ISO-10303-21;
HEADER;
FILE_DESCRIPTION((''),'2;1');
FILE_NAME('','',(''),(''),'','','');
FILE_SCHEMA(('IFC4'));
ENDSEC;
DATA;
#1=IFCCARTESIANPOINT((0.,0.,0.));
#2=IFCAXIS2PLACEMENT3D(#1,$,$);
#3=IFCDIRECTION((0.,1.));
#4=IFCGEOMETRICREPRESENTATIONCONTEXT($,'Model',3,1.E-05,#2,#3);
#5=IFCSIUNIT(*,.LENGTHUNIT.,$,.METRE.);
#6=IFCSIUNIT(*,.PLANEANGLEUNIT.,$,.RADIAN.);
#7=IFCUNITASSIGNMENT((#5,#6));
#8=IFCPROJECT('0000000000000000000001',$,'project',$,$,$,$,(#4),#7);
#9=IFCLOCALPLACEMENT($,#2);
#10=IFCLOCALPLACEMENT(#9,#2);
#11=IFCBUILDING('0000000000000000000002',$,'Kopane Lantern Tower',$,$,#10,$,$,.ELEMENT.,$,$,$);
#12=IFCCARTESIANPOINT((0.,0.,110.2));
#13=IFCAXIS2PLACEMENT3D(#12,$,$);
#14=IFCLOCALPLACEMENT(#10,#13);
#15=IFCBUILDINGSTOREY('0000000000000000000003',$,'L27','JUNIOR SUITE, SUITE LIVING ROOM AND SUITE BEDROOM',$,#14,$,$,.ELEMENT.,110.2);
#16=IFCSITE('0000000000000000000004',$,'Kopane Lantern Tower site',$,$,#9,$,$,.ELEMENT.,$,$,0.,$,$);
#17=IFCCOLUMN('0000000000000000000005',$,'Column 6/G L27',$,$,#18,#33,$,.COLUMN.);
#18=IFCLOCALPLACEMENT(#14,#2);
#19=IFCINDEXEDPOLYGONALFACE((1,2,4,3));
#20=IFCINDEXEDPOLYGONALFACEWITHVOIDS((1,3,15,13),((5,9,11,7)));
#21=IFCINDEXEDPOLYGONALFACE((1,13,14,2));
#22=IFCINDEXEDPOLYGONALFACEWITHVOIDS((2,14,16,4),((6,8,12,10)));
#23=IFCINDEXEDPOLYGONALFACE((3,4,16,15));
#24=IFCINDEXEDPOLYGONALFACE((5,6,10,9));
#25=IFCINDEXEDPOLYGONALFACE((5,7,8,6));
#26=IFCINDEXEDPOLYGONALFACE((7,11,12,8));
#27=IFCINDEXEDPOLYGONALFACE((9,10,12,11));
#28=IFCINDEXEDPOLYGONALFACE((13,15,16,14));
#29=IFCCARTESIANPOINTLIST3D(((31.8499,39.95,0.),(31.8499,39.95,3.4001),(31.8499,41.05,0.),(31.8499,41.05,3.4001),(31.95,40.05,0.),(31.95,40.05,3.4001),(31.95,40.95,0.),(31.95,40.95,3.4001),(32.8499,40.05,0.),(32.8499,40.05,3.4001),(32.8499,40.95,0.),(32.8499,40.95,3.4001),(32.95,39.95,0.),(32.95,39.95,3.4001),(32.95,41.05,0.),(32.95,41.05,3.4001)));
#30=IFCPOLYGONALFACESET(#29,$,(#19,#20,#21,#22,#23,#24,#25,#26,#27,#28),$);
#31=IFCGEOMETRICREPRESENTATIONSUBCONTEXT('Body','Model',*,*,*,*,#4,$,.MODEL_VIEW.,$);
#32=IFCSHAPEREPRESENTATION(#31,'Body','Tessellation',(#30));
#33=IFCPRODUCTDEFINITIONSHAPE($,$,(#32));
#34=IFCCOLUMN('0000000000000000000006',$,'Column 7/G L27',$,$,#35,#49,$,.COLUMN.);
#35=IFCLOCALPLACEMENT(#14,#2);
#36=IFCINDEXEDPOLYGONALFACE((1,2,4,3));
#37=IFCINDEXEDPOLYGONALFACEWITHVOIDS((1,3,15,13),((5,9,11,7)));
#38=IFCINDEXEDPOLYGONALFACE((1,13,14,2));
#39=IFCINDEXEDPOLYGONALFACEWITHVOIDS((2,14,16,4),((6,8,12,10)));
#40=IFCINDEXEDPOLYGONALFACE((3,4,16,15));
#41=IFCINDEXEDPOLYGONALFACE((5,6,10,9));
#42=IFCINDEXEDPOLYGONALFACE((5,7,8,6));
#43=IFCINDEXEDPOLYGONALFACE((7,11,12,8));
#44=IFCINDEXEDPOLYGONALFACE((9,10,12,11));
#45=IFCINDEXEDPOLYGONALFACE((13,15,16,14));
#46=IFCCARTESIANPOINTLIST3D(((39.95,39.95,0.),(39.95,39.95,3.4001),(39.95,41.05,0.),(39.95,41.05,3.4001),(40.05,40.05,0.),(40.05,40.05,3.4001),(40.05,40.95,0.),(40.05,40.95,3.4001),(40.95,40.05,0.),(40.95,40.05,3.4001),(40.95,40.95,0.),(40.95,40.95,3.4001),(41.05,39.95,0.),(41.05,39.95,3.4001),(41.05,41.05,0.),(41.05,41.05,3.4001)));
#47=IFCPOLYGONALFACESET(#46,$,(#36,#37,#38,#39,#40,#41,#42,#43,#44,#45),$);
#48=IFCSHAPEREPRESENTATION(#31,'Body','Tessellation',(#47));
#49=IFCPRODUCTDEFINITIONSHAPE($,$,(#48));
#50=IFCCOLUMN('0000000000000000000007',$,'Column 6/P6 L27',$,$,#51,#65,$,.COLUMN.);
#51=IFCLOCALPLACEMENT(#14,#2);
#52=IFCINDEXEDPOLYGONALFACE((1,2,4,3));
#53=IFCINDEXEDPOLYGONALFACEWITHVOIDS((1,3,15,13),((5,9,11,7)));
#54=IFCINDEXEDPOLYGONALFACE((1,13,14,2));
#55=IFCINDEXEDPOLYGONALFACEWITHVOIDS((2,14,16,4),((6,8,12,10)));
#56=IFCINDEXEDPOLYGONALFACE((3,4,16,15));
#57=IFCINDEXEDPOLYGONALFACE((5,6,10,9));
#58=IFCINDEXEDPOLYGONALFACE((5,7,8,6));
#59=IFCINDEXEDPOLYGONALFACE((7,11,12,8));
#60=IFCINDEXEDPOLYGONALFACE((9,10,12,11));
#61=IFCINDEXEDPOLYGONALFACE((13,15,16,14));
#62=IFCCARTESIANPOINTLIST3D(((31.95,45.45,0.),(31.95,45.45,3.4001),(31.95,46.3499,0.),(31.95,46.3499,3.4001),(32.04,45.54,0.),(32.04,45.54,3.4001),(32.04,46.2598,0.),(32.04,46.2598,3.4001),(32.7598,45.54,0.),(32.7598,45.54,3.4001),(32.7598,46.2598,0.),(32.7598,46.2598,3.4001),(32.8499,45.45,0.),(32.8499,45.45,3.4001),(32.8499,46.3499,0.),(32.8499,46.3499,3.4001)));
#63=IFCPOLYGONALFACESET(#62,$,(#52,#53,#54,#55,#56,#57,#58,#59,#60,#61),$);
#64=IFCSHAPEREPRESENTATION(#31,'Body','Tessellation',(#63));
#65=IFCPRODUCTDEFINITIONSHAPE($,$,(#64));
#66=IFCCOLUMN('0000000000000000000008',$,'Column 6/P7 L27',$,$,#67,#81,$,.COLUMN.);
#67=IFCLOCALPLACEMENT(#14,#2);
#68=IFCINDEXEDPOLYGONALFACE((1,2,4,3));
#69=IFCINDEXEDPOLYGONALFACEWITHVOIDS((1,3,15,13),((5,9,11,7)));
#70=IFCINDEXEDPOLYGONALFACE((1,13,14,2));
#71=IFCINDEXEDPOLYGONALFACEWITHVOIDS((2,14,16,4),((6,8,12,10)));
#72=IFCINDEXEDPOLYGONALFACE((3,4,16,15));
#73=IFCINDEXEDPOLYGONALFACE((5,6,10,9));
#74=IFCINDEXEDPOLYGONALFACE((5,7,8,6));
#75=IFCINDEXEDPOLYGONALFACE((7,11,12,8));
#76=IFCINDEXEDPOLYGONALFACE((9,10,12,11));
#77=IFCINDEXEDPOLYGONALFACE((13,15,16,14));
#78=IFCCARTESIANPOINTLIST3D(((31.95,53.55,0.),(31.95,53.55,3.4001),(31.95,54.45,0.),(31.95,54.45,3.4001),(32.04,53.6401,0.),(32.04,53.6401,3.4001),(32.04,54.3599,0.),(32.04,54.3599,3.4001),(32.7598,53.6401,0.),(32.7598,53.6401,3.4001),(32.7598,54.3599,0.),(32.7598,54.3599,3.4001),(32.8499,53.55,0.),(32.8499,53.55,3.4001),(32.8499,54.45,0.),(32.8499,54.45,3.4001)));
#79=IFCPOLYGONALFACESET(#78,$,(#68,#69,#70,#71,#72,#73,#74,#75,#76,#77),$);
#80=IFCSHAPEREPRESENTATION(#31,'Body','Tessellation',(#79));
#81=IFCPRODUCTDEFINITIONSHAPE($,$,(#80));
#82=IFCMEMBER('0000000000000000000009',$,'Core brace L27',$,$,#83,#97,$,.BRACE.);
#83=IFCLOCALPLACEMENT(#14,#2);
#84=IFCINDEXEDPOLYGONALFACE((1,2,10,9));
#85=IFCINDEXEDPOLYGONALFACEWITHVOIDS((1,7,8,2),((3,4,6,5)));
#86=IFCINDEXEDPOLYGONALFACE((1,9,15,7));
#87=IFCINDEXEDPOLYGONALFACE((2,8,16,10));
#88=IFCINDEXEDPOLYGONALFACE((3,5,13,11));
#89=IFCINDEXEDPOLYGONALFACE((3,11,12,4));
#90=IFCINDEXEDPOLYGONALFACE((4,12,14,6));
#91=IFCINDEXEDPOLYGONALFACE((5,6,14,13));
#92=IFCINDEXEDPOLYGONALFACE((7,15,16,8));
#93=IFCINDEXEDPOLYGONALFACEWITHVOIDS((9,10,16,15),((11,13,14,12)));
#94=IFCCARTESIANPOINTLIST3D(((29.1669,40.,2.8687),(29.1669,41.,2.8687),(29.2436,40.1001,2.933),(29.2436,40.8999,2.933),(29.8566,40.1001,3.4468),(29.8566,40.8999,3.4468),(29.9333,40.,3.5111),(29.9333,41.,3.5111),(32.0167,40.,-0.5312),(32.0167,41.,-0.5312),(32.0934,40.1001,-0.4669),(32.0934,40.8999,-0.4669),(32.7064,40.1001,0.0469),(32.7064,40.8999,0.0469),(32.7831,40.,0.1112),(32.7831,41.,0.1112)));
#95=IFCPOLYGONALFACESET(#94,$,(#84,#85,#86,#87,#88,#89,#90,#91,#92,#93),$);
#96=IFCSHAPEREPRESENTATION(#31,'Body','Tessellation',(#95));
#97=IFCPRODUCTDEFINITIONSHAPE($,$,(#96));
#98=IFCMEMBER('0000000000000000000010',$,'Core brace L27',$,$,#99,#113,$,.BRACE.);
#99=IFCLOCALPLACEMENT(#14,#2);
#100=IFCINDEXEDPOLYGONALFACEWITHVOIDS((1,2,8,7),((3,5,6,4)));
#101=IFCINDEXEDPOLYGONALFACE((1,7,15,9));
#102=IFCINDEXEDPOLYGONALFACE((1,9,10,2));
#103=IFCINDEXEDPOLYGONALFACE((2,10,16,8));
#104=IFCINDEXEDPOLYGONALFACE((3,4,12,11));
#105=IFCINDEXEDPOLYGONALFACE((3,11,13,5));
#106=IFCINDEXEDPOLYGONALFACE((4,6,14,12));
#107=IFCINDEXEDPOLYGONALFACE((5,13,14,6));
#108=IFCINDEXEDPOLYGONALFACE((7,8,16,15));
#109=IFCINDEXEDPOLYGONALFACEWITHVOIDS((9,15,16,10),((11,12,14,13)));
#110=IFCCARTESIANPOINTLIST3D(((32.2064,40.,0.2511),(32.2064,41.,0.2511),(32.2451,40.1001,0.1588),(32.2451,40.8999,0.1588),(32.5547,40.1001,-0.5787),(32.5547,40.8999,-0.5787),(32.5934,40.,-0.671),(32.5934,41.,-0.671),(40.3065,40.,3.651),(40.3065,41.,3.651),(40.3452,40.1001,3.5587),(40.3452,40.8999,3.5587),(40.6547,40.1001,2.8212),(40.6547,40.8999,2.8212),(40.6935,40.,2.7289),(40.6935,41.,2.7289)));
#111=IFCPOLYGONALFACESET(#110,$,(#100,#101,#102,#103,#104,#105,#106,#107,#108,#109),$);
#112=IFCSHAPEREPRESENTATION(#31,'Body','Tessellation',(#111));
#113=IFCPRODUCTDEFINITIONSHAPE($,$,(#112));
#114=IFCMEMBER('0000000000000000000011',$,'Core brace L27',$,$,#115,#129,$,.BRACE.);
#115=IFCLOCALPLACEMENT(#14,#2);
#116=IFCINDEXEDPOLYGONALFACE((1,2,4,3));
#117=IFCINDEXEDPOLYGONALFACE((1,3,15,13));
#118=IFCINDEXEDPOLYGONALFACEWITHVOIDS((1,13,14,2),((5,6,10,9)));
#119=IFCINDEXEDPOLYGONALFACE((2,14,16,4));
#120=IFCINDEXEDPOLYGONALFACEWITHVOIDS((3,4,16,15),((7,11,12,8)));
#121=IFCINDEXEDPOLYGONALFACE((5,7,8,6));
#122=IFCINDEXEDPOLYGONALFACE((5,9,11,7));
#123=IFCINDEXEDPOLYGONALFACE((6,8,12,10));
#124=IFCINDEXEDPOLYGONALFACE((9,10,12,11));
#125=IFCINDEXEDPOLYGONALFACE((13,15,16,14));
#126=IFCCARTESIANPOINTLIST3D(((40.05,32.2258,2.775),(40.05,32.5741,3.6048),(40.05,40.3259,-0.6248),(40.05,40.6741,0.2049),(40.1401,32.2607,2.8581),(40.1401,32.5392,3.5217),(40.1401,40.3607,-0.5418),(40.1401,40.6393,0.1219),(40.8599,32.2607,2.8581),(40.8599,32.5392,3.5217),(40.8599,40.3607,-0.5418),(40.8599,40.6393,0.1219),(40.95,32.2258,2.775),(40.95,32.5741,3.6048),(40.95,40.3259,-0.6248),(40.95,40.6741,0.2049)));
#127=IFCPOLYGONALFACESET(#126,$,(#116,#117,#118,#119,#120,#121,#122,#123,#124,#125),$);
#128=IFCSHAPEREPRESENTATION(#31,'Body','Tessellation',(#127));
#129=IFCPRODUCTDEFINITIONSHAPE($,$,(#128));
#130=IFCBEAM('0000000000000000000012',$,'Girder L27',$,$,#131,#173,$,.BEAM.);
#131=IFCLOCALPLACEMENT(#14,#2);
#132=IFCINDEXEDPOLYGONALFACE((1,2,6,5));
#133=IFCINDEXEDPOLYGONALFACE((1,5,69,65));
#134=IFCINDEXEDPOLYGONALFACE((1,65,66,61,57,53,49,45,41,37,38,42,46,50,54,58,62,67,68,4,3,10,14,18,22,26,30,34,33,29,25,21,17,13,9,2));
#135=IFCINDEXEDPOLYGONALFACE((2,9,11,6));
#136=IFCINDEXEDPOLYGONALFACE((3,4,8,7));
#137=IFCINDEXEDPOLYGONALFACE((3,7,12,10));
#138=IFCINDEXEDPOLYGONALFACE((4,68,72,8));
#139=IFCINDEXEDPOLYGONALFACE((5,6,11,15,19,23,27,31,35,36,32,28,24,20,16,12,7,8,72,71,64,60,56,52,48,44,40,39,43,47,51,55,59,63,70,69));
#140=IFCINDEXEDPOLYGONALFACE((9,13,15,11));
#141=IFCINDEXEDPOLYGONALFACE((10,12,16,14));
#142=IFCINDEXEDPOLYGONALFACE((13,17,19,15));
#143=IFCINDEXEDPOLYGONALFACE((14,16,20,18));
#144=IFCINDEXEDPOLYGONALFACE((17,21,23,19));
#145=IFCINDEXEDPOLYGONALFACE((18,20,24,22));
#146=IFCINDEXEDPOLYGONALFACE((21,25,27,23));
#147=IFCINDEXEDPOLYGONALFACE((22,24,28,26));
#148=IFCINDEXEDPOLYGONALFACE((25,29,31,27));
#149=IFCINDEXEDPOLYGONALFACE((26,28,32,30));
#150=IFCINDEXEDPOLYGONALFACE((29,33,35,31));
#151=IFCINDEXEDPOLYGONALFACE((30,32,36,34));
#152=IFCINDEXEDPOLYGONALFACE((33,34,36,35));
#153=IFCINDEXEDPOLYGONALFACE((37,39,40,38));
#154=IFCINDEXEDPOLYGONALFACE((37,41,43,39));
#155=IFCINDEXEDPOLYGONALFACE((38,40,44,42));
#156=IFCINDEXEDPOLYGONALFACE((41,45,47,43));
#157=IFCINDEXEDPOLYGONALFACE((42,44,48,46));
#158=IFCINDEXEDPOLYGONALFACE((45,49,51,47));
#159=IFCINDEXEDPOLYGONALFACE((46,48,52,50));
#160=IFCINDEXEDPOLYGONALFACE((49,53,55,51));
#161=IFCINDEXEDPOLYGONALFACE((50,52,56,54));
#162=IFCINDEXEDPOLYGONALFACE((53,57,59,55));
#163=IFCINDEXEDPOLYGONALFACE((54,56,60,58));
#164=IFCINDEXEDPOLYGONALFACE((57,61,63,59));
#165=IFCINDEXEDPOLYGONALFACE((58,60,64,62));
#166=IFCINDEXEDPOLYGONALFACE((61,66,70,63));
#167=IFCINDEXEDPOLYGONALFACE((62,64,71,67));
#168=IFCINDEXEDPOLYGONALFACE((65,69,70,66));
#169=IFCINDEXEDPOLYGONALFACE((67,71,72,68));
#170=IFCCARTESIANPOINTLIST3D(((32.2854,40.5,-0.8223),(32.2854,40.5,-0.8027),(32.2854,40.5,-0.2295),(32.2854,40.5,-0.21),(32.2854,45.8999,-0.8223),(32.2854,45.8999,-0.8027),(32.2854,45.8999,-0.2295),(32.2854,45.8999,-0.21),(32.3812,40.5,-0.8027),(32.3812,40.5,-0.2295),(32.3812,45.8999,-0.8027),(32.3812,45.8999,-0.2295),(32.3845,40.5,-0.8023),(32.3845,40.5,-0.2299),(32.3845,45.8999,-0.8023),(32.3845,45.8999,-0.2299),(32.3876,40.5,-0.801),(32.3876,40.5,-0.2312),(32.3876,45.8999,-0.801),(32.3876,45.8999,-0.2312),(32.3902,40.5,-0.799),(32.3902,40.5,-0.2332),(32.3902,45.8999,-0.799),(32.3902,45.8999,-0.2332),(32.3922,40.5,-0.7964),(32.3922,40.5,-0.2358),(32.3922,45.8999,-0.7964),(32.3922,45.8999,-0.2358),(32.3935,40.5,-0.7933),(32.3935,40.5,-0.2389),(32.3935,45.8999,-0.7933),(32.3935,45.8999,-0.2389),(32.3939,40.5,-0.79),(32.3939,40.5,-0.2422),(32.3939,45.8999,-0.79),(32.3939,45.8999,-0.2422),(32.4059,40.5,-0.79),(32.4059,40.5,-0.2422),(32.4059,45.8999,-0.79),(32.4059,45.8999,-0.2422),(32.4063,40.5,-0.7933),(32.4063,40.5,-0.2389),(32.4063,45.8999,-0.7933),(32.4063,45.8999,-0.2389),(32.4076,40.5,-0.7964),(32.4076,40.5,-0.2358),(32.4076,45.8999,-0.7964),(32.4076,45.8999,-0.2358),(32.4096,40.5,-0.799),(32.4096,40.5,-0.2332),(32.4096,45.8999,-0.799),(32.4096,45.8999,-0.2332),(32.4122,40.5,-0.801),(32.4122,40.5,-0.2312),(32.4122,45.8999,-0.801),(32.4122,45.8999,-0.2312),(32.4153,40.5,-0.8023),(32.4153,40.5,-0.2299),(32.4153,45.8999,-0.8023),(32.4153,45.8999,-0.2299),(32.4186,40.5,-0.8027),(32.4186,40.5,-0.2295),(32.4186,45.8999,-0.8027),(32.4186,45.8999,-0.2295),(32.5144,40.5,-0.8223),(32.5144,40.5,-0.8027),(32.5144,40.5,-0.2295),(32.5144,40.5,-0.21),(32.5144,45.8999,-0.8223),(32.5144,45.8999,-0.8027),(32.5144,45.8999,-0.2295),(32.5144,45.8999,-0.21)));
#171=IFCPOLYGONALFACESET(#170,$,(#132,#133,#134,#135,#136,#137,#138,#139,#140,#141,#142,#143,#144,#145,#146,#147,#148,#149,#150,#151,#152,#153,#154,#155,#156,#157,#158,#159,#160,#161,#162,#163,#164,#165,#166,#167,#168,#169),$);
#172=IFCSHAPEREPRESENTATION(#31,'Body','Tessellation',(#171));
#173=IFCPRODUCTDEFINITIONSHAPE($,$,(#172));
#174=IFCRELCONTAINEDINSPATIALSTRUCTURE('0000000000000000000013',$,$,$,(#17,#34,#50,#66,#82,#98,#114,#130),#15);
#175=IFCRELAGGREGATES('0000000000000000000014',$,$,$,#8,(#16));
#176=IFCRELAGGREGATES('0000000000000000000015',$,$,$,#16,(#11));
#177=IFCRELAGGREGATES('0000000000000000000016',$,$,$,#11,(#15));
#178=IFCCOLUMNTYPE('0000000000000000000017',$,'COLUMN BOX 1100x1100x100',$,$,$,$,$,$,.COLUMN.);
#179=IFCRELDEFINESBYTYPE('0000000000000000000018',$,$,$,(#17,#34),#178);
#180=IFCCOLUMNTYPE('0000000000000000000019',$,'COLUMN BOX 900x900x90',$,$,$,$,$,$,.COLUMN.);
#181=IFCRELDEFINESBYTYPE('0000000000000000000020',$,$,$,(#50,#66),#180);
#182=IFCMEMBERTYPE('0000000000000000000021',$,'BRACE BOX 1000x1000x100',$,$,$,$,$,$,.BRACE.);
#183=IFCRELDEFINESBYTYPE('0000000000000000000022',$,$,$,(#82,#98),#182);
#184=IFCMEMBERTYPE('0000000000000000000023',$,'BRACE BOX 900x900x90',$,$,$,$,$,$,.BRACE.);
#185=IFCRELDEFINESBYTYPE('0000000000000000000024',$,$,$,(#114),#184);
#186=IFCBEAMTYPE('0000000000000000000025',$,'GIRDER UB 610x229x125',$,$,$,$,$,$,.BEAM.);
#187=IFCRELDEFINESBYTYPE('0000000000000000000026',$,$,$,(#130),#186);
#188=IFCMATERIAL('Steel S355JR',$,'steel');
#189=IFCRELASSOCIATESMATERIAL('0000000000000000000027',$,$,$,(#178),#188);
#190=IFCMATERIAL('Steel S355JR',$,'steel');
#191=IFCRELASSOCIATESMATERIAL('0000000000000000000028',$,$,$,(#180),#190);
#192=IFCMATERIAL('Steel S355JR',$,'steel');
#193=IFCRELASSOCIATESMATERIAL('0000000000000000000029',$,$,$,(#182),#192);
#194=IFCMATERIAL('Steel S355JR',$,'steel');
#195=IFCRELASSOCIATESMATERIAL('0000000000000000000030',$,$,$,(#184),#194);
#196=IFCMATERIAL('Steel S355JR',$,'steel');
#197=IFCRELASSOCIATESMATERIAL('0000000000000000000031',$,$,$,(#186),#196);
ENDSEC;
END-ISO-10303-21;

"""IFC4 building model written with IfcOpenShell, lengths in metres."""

from ifc_helpers import new_model, si_unit, direction, frame, origin, origin_2d, place, context, subcontext, project, spatial, hollow_rectangle, i_section, extrude, material, material_profile, profile_set, type_object, element, save


model = new_model("IFC4")

# Units and contexts
model_context = context("Model", 3, precision=1e-05, world=origin(), true_north=direction((0.0, 1.0)))
body_context = subcontext(model_context, "Body", "Model", "MODEL_VIEW")
ifc_project = project(units=[si_unit("LENGTHUNIT", "METRE"), si_unit("PLANEANGLEUNIT", "RADIAN")], contexts=[model_context])

# Site, building, storey
site_placement = place(None, origin())
site = spatial("IfcSite", under=ifc_project, at=site_placement, Name="Kopane Lantern Tower site", CompositionType="ELEMENT", RefElevation=0.0)
building_placement = place(site_placement, origin())
building = spatial("IfcBuilding", under=site, at=building_placement, Name="Kopane Lantern Tower", CompositionType="ELEMENT")
storey_placement = place(building_placement, frame((0.0, 0.0, 110.2)))
storey = spatial("IfcBuildingStorey", under=building, at=storey_placement, Name="L27", Description="JUNIOR SUITE, SUITE LIVING ROOM AND SUITE BEDROOM", CompositionType="ELEMENT", Elevation=110.2)

# Columns
ifc_material_1 = material(Name="Steel S355JR", Category="steel")
ifc_material_profile_1 = material_profile(ifc_material_1, hollow_rectangle(XDim=1.1001, YDim=1.1001, WallThickness=0.1001, at=origin_2d()), Name="BOX 1100x1100x100")
ifc_profile_set_1 = profile_set([ifc_material_profile_1], Name="Steel S355JR")
column_type_1 = type_object("IfcColumnType", Name="COLUMN BOX 1100x1100x100", PredefinedType="COLUMN", material=ifc_profile_set_1)
for number, where, z_axis, x_axis, name in (
    (1, (32.3999, 40.5, 0.0), (0.0, 0.0, 1.0), (1.0, 0.0, 0.0), "Column 6/G L27"),
    (2, (40.5, 40.5, 0.0), (0.0, 0.0, 1.0), (1.0, 0.0, 0.0), "Column 7/G L27"),
):
    element("IfcColumn", number, at=place(storey_placement, frame(where, z_axis=z_axis, x_axis=x_axis)), inside=storey, type_object=column_type_1, Name=name, PredefinedType="COLUMN", context=body_context, shape_type="SweptSolid", body=[
        extrude(hollow_rectangle(XDim=1.1001, YDim=1.1001, WallThickness=0.1001, at=origin_2d()), origin(), (0.0, 0.0, 1.0), 3.4001),
    ])
ifc_material_2 = material(Name="Steel S355JR", Category="steel")
ifc_material_profile_2 = material_profile(ifc_material_2, hollow_rectangle(XDim=0.8999, YDim=0.8999, WallThickness=0.0901, at=origin_2d()), Name="BOX 900x900x90")
ifc_profile_set_2 = profile_set([ifc_material_profile_2], Name="Steel S355JR")
column_type_2 = type_object("IfcColumnType", Name="COLUMN BOX 900x900x90", PredefinedType="COLUMN", material=ifc_profile_set_2)
for number, where, z_axis, x_axis, name in (
    (3, (32.3999, 45.8999, 0.0), (0.0, 0.0, 1.0), (1.0, 0.0, 0.0), "Column 6/P6 L27"),
    (4, (32.3999, 54.0, 0.0), (0.0, 0.0, 1.0), (1.0, 0.0, 0.0), "Column 6/P7 L27"),
):
    element("IfcColumn", number, at=place(storey_placement, frame(where, z_axis=z_axis, x_axis=x_axis)), inside=storey, type_object=column_type_2, Name=name, PredefinedType="COLUMN", context=body_context, shape_type="SweptSolid", body=[
        extrude(hollow_rectangle(XDim=0.8999, YDim=0.8999, WallThickness=0.0901, at=origin_2d()), origin(), (0.0, 0.0, 1.0), 3.4001),
    ])

# Members
ifc_material_3 = material(Name="Steel S355JR", Category="steel")
ifc_material_profile_3 = material_profile(ifc_material_3, hollow_rectangle(XDim=1.0, YDim=1.0, WallThickness=0.1001, at=origin_2d()), Name="BOX 1000x1000x100")
ifc_profile_set_3 = profile_set([ifc_material_profile_3], Name="Steel S355JR")
member_type_1 = type_object("IfcMemberType", Name="BRACE BOX 1000x1000x100", PredefinedType="BRACE", material=ifc_profile_set_3)
member_1_placement = place(storey_placement, frame((32.3999, 40.5, -0.21), z_axis=(-0.64239, 0.0, 0.766378), x_axis=(0.0, -1.0, 0.0)))
element("IfcMember", 5, at=member_1_placement, inside=storey, type_object=member_type_1, Name="Core brace L27", PredefinedType="BRACE", context=body_context, shape_type="SweptSolid", body=[
    extrude(hollow_rectangle(XDim=1.0, YDim=1.0, WallThickness=0.1001, at=origin_2d()), origin(), (0.0, 0.0, 1.0), 4.4363),
])
member_2_placement = place(storey_placement, frame((32.3999, 40.5, -0.21), z_axis=(0.922069, 0.0, 0.387026), x_axis=(0.0, 1.0, 0.0)))
element("IfcMember", 6, at=member_2_placement, inside=storey, type_object=member_type_1, Name="Core brace L27", PredefinedType="BRACE", context=body_context, shape_type="SweptSolid", body=[
    extrude(hollow_rectangle(XDim=1.0, YDim=1.0, WallThickness=0.1001, at=origin_2d()), origin(), (0.0, 0.0, 1.0), 8.7847),
])
ifc_material_4 = material(Name="Steel S355JR", Category="steel")
ifc_material_profile_4 = material_profile(ifc_material_4, hollow_rectangle(XDim=0.8999, YDim=0.8999, WallThickness=0.0901, at=origin_2d()), Name="BOX 900x900x90")
ifc_profile_set_4 = profile_set([ifc_material_profile_4], Name="Steel S355JR")
member_type_2 = type_object("IfcMemberType", Name="BRACE BOX 900x900x90", PredefinedType="BRACE", material=ifc_profile_set_4)
member_3_placement = place(storey_placement, frame((40.5, 40.5, -0.21), z_axis=(0.0, -0.922069, 0.387026), x_axis=(1.0, 0.0, 0.0)))
element("IfcMember", 7, at=member_3_placement, inside=storey, type_object=member_type_2, Name="Core brace L27", PredefinedType="BRACE", context=body_context, shape_type="SweptSolid", body=[
    extrude(hollow_rectangle(XDim=0.8999, YDim=0.8999, WallThickness=0.0901, at=origin_2d()), origin(), (0.0, 0.0, 1.0), 8.7847),
])

# Beam
ifc_material_5 = material(Name="Steel S355JR", Category="steel")
ifc_material_profile_5 = material_profile(ifc_material_5, i_section(OverallWidth=0.229, OverallDepth=0.6123, WebThickness=0.012, FlangeThickness=0.0195, FilletRadius=0.0127, at=origin_2d()), Name="UB 610x229x125")
ifc_profile_set_5 = profile_set([ifc_material_profile_5], Name="Steel S355JR")
beam_type = type_object("IfcBeamType", Name="GIRDER UB 610x229x125", PredefinedType="BEAM", material=ifc_profile_set_5)
beam_1_placement = place(storey_placement, frame((32.3999, 40.5, -0.5161), z_axis=(0.0, 1.0, 0.0), x_axis=(-1.0, 0.0, 0.0)))
element("IfcBeam", 8, at=beam_1_placement, inside=storey, type_object=beam_type, Name="Girder L27", PredefinedType="BEAM", context=body_context, shape_type="SweptSolid", body=[
    extrude(i_section(OverallWidth=0.229, OverallDepth=0.6123, WebThickness=0.012, FlangeThickness=0.0195, FilletRadius=0.0127, at=origin_2d()), origin(), (0.0, 0.0, 1.0), 5.3999),
])

save(model, "model.ifc")
